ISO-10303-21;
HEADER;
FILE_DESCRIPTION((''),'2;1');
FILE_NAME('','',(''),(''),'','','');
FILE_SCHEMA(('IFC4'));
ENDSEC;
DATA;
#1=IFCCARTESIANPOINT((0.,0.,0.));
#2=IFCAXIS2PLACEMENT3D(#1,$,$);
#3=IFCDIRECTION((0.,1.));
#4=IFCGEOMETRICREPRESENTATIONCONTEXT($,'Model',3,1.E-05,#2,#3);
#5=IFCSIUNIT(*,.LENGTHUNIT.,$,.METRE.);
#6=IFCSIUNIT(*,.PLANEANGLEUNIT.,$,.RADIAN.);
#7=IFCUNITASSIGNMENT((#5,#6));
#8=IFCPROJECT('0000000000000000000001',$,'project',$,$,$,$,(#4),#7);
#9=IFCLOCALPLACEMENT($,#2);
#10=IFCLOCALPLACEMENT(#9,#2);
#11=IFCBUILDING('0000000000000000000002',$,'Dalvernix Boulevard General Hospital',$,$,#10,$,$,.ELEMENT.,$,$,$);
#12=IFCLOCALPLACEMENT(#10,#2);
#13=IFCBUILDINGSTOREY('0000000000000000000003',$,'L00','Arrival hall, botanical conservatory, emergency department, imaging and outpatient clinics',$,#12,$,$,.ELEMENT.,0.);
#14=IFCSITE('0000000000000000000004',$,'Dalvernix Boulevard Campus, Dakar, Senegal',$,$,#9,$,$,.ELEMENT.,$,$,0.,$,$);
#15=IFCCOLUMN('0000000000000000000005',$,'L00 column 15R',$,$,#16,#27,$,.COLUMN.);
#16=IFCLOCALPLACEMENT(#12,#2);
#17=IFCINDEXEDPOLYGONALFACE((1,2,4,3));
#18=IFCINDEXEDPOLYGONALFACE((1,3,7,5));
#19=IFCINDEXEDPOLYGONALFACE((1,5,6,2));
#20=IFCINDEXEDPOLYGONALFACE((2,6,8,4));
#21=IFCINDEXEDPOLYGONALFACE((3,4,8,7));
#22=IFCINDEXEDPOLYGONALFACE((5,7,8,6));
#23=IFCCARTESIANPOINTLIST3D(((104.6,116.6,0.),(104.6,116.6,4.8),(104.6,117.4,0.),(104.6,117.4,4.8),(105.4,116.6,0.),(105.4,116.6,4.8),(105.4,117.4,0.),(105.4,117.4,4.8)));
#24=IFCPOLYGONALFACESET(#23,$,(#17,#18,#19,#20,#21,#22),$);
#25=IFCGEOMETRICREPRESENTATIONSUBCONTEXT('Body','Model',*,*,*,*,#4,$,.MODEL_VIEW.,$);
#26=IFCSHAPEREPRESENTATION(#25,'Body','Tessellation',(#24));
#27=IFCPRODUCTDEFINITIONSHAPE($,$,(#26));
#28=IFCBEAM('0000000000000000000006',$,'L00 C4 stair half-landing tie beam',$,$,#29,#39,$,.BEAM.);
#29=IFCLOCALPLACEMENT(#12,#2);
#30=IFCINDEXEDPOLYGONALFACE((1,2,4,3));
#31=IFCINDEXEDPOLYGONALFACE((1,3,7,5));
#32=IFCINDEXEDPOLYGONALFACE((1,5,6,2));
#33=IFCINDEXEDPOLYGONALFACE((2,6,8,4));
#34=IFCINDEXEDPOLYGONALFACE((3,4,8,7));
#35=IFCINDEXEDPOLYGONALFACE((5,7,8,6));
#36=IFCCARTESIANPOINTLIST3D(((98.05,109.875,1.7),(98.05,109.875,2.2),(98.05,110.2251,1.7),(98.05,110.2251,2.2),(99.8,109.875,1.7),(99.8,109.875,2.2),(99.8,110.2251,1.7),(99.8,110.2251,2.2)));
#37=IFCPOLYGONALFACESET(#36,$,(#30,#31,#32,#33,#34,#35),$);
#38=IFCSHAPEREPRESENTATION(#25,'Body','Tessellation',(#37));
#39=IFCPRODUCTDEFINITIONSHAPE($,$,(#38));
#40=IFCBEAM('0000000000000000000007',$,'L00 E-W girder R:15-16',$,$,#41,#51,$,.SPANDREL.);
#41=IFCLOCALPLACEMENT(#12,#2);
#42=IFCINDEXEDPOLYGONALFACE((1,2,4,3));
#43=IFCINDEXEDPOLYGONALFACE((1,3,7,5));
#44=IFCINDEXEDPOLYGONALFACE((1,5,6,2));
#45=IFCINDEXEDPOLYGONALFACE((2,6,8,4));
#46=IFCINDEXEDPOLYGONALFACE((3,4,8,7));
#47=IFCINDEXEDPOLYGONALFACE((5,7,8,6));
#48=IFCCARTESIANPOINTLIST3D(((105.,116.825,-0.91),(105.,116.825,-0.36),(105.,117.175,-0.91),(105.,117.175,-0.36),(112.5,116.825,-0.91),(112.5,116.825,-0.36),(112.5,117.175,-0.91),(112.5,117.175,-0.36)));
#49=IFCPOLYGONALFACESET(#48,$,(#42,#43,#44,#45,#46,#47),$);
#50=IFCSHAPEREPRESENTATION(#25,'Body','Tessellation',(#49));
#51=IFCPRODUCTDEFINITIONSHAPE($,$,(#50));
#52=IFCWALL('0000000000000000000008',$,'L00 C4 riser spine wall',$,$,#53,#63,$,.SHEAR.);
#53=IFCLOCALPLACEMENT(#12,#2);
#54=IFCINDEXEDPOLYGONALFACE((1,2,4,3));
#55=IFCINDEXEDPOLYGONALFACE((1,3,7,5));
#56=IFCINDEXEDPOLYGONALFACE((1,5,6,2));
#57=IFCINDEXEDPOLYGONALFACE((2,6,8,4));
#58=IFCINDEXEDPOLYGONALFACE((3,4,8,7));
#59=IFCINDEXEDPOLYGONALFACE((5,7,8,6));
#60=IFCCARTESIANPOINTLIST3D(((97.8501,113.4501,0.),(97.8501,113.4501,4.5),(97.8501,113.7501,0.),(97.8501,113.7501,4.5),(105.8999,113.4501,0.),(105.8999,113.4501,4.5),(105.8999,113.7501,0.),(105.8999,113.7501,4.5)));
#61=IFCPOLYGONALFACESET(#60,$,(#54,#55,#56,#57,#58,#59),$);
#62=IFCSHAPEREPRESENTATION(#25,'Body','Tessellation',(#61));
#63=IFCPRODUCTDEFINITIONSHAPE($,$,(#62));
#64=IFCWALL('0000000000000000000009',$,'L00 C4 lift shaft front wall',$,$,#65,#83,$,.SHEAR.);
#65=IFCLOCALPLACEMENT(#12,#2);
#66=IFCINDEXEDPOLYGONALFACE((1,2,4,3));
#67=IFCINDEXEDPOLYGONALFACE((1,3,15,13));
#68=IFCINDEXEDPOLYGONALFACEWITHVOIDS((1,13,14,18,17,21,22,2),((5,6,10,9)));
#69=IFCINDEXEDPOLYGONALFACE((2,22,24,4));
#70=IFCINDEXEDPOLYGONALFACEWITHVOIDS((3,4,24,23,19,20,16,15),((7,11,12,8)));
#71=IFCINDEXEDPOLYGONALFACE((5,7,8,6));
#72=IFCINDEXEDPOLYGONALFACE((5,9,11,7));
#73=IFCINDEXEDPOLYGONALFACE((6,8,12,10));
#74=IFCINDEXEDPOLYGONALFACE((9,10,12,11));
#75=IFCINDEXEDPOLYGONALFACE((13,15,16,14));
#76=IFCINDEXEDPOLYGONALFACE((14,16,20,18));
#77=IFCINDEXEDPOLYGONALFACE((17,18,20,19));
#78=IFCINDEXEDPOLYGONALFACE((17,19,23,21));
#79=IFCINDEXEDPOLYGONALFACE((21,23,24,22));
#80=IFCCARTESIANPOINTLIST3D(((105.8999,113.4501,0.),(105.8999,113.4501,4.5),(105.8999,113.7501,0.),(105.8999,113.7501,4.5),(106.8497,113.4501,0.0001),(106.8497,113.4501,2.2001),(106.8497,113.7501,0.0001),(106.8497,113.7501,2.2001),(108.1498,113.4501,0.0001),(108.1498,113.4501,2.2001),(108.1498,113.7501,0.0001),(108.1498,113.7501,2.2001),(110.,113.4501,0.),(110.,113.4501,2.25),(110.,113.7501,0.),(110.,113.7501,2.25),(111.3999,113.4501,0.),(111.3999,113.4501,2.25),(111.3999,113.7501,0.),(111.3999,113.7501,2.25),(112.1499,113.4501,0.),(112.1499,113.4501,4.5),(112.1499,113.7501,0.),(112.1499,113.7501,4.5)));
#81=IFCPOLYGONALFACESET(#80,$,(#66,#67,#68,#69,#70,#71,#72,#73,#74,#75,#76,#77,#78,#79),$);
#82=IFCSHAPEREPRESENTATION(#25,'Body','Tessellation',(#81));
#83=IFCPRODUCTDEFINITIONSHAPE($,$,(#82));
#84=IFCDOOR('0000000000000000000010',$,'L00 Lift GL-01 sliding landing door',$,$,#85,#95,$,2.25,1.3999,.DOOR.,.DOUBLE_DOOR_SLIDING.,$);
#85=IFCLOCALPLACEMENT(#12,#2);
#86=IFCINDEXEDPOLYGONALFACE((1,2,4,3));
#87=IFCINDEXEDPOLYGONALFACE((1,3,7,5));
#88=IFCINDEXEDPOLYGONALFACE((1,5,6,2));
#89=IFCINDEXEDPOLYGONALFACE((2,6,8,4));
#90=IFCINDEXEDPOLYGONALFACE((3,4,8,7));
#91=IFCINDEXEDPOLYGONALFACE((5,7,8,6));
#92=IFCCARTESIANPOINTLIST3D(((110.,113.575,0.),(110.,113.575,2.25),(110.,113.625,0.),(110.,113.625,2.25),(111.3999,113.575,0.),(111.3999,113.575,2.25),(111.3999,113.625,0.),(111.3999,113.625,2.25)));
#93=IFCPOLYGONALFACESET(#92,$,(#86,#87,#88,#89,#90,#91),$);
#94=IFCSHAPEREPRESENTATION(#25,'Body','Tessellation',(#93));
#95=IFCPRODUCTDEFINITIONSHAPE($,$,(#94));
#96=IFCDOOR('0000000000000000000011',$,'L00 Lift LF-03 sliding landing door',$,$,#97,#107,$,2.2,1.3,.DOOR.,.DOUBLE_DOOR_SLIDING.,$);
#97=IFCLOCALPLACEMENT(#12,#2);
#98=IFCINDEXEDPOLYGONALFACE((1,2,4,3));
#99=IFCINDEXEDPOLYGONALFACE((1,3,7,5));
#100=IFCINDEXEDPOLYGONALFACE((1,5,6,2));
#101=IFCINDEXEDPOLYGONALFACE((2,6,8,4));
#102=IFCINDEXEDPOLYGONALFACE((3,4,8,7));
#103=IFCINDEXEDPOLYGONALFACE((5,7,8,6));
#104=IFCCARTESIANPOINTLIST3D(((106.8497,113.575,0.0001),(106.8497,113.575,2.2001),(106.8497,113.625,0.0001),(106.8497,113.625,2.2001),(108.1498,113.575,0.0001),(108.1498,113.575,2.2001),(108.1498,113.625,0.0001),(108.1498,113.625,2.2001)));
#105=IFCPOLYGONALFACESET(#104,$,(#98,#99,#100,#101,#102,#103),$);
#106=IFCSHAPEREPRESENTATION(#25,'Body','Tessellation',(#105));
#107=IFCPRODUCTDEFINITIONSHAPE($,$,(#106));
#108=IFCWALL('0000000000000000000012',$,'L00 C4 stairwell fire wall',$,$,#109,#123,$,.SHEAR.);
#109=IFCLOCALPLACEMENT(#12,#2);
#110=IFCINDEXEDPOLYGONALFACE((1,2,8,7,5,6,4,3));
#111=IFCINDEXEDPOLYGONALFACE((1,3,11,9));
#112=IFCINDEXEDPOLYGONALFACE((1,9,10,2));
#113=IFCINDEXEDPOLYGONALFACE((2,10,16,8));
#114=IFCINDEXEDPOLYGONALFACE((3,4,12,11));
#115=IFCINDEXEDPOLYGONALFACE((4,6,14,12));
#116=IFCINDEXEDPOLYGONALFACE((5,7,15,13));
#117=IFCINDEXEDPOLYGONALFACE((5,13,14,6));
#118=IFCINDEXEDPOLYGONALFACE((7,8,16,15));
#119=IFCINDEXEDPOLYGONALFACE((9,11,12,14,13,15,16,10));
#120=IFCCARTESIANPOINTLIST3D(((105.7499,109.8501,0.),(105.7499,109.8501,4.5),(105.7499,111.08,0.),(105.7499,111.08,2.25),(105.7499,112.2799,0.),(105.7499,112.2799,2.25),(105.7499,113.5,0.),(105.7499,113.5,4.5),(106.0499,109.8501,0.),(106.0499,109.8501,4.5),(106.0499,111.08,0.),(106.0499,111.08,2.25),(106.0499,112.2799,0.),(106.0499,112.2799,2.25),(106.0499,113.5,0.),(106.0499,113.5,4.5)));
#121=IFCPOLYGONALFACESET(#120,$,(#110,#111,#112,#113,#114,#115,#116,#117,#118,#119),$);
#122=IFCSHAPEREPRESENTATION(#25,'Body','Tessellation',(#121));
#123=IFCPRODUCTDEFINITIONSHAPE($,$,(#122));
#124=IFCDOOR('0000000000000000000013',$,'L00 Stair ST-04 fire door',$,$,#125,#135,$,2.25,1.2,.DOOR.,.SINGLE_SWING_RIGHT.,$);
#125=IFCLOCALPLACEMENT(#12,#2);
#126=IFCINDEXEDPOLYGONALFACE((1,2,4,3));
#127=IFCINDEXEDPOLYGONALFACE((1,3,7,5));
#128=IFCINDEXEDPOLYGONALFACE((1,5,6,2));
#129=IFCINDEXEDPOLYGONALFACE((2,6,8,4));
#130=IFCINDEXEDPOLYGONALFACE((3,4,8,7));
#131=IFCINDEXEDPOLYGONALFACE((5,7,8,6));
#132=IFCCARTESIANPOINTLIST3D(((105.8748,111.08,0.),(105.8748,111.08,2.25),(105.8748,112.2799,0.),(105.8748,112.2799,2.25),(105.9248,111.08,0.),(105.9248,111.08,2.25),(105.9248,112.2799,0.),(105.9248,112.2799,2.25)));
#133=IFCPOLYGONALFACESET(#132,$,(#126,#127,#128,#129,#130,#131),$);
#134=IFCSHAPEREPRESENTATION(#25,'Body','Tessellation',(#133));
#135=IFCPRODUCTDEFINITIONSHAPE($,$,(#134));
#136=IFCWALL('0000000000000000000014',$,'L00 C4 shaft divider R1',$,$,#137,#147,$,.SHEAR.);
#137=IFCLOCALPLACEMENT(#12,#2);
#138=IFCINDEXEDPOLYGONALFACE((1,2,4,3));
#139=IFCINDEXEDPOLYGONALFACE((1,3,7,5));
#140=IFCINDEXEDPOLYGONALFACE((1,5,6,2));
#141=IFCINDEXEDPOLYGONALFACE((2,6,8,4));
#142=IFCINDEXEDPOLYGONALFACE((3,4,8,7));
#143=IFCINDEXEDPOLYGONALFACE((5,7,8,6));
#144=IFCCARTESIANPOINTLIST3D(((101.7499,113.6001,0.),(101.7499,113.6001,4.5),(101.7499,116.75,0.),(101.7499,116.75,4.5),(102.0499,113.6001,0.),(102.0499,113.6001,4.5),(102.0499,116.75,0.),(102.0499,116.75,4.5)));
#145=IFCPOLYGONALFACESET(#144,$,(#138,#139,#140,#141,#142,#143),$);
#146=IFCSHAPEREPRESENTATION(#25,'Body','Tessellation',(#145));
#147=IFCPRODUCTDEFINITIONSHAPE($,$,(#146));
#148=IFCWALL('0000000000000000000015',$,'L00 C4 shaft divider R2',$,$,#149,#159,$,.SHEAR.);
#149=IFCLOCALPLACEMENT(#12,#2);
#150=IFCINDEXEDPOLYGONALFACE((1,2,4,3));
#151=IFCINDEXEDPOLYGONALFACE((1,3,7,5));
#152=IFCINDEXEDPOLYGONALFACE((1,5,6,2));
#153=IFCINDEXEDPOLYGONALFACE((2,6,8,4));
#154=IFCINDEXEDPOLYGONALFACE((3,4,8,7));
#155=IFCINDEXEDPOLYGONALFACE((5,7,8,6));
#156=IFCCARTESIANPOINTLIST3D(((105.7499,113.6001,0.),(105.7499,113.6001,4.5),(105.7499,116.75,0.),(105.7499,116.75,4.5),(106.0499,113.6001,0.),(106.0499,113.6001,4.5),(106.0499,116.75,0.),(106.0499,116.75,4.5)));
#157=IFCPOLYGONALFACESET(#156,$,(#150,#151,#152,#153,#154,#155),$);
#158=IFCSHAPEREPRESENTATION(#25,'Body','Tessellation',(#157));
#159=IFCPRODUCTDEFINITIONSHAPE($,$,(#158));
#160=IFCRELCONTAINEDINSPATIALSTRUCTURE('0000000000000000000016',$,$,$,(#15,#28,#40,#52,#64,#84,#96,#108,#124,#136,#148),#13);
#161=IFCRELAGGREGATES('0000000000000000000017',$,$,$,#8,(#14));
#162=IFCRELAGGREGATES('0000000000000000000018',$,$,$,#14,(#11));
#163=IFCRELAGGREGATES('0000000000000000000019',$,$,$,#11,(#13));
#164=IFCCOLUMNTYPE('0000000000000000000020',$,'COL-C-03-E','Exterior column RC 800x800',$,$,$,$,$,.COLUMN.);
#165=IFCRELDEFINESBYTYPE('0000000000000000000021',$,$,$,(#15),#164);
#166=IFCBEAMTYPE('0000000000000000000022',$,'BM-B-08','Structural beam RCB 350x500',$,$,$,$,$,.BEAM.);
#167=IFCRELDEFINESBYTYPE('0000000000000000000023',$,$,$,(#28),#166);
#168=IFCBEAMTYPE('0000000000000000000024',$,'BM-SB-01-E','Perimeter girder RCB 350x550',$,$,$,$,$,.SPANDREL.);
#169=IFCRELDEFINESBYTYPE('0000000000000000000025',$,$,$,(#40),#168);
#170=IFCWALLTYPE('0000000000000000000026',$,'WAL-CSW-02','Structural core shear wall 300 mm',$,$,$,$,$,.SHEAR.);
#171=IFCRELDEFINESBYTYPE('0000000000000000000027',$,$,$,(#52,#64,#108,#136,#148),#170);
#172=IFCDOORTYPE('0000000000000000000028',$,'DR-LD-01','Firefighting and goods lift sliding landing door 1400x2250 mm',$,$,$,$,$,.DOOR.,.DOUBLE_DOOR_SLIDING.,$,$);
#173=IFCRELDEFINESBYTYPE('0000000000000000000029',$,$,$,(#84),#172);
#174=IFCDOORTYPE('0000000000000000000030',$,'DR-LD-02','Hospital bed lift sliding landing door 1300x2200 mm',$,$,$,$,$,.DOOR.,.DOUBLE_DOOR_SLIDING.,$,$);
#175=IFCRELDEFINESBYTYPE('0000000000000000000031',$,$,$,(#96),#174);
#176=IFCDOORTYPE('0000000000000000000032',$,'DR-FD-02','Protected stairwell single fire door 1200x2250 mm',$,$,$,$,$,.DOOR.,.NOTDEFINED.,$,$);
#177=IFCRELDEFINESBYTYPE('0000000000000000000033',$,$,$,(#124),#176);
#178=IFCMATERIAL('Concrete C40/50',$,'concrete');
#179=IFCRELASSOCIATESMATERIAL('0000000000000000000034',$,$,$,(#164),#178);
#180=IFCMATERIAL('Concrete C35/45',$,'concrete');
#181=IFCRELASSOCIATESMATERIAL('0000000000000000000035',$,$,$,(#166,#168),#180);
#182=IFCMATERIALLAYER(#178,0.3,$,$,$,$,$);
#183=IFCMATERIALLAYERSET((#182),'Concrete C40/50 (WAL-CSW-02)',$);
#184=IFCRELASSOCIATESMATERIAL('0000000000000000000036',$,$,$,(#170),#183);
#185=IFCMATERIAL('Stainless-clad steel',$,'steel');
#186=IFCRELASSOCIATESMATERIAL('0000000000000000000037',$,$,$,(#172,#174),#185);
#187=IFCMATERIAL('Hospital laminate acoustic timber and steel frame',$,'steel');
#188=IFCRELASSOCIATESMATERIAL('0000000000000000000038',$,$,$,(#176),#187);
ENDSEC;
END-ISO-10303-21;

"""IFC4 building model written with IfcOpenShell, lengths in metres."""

from ifc_helpers import new_model, si_unit, direction, frame, frame_2d, origin, origin_2d, place, context, subcontext, project, spatial, rectangle, extrude, material, layer, layer_set, material_profile, profile_set, type_object, element, fill, save


model = new_model("IFC4")

# Units and contexts
model_context = context("Model", 3, precision=1e-05, world=origin(), true_north=direction((0.0, 1.0)))
body_context = subcontext(model_context, "Body", "Model", "MODEL_VIEW")
ifc_project = project(units=[si_unit("LENGTHUNIT", "METRE"), si_unit("PLANEANGLEUNIT", "RADIAN")], contexts=[model_context])

# Site, building, storey
site_placement = place(None, origin())
site = spatial("IfcSite", under=ifc_project, at=site_placement, Name="Dalvernix Boulevard Campus, Dakar, Senegal", CompositionType="ELEMENT", RefElevation=0.0)
building_placement = place(site_placement, origin())
building = spatial("IfcBuilding", under=site, at=building_placement, Name="Dalvernix Boulevard General Hospital", CompositionType="ELEMENT")
storey_placement = place(building_placement, origin())
storey = spatial("IfcBuildingStorey", under=building, at=storey_placement, Name="L00", Description="Arrival hall, botanical conservatory, emergency department, imaging and outpatient clinics", CompositionType="ELEMENT", Elevation=0.0)

# Column
ifc_material_1 = material(Name="Concrete C40/50", Category="concrete")
ifc_material_profile_1 = material_profile(ifc_material_1, rectangle(XDim=0.8, YDim=0.8, at=origin_2d()), Name="RC 800x800")
ifc_profile_set_1 = profile_set([ifc_material_profile_1], Name="Concrete C40/50")
column_type = type_object("IfcColumnType", Name="COL-C-03-E", Description="Exterior column RC 800x800", PredefinedType="COLUMN", material=ifc_profile_set_1)
column_placement = place(storey_placement, frame((105.0, 117.0, 0.0), z_axis=(0.0, 0.0, 1.0), x_axis=(1.0, 0.0, 0.0)))
element("IfcColumn", 1, at=column_placement, inside=storey, type_object=column_type, Name="L00 column 15R", PredefinedType="COLUMN", context=body_context, shape_type="SweptSolid", body=[
    extrude(rectangle(XDim=0.8, YDim=0.8, at=origin_2d()), origin(), (0.0, 0.0, 1.0), 4.8),
])

# Beams
ifc_material_2 = material(Name="Concrete C35/45", Category="concrete")
ifc_material_profile_2 = material_profile(ifc_material_2, rectangle(XDim=0.3501, YDim=0.5, at=origin_2d()), Name="RCB 350x500")
ifc_profile_set_2 = profile_set([ifc_material_profile_2], Name="Concrete C35/45")
beam_type_1 = type_object("IfcBeamType", Name="BM-B-08", Description="Structural beam RCB 350x500", PredefinedType="BEAM", material=ifc_profile_set_2)
beam_1_placement = place(storey_placement, frame((98.05, 110.05, 1.95), z_axis=(1.0, 0.0, 0.0), x_axis=(0.0, 1.0, 0.0)))
element("IfcBeam", 2, at=beam_1_placement, inside=storey, type_object=beam_type_1, Name="L00 C4 stair half-landing tie beam", PredefinedType="BEAM", context=body_context, shape_type="SweptSolid", body=[
    extrude(rectangle(XDim=0.3501, YDim=0.5, at=origin_2d()), origin(), (0.0, 0.0, 1.0), 1.75),
])
ifc_material_profile_3 = material_profile(ifc_material_2, rectangle(XDim=0.3501, YDim=0.55, at=origin_2d()), Name="RCB 350x550")
ifc_profile_set_3 = profile_set([ifc_material_profile_3], Name="Concrete C35/45")
beam_type_2 = type_object("IfcBeamType", Name="BM-SB-01-E", Description="Perimeter girder RCB 350x550", PredefinedType="SPANDREL", material=ifc_profile_set_3)
beam_2_placement = place(storey_placement, frame((105.0, 117.0, -0.635), z_axis=(1.0, 0.0, 0.0), x_axis=(0.0, 1.0, 0.0)))
element("IfcBeam", 3, at=beam_2_placement, inside=storey, type_object=beam_type_2, Name="L00 E-W girder R:15-16", PredefinedType="SPANDREL", context=body_context, shape_type="SweptSolid", body=[
    extrude(rectangle(XDim=0.3501, YDim=0.55, at=origin_2d()), origin(), (0.0, 0.0, 1.0), 7.5),
])

# Wall
ifc_layer_1 = layer(ifc_material_1, 0.3)
ifc_layer_set_1 = layer_set([ifc_layer_1], Name="Concrete C40/50 (WAL-CSW-02)")
wall_type_1 = type_object("IfcWallType", Name="WAL-CSW-02", Description="Structural core shear wall 300 mm", PredefinedType="SHEAR", material=ifc_layer_set_1)
wall_1_placement = place(storey_placement, frame((97.8501, 113.6001, 0.0), z_axis=(0.0, 0.0, 1.0), x_axis=(1.0, 0.0, 0.0)))
element("IfcWall", 4, at=wall_1_placement, inside=storey, type_object=wall_type_1, Name="L00 C4 riser spine wall", PredefinedType="SHEAR", context=body_context, shape_type="SweptSolid", body=[
    extrude(rectangle(XDim=8.0498, YDim=0.3, at=frame_2d((4.0249, 0.0))), origin(), (0.0, 0.0, 1.0), 4.5),
])

# Wall, openings, doors
wall_2_placement = place(storey_placement, frame((105.8999, 113.6001, 0.0), z_axis=(0.0, 0.0, 1.0), x_axis=(1.0, 0.0, 0.0)))
wall_2 = element("IfcWall", 5, at=wall_2_placement, inside=storey, type_object=wall_type_1, Name="L00 C4 lift shaft front wall", PredefinedType="SHEAR", context=body_context, shape_type="SweptSolid", body=[
    extrude(rectangle(XDim=6.25, YDim=0.3, at=frame_2d((3.125, 0.0))), origin(), (0.0, 0.0, 1.0), 4.5),
])
opening_1_placement = place(wall_2_placement, frame((0.95, 0.0, 0.0)))
opening_1 = element("IfcOpeningElement", 6, at=opening_1_placement, cuts=wall_2, PredefinedType="OPENING", context=body_context, shape_type="SweptSolid", body=[
    extrude(rectangle(XDim=1.3, YDim=2.2, at=frame_2d((0.6499, 1.1001))), frame((0.0, 0.1599, 0.0), z_axis=(0.0, -1.0, 0.0), x_axis=(1.0, 0.0, 0.0)), (0.0, 0.0, 1.0), 0.3201),
])
opening_2_placement = place(wall_2_placement, frame((4.1001, 0.0, 0.0)))
opening_2 = element("IfcOpeningElement", 7, at=opening_2_placement, cuts=wall_2, PredefinedType="OPENING", context=body_context, shape_type="SweptSolid", body=[
    extrude(rectangle(XDim=1.3999, YDim=2.25, at=frame_2d((0.7, 1.125))), frame((0.0, 0.1599, 0.0), z_axis=(0.0, -1.0, 0.0), x_axis=(1.0, 0.0, 0.0)), (0.0, 0.0, 1.0), 0.3201),
])
ifc_material_3 = material(Name="Stainless-clad steel", Category="steel")
door_type_1 = type_object("IfcDoorType", Name="DR-LD-01", Description="Firefighting and goods lift sliding landing door 1400x2250 mm", OperationType="DOUBLE_DOOR_SLIDING", PredefinedType="DOOR", material=ifc_material_3)
door_1_placement = place(opening_2_placement, origin())
door_1 = element("IfcDoor", 8, at=door_1_placement, inside=storey, type_object=door_type_1, Name="L00 Lift GL-01 sliding landing door", OperationType="DOUBLE_DOOR_SLIDING", OverallHeight=2.25, OverallWidth=1.3999, PredefinedType="DOOR", context=body_context, shape_type="SweptSolid", body=[
    extrude(rectangle(XDim=1.3999, YDim=2.25, at=frame_2d((0.7, 1.125))), frame((0.0, 0.0249, 0.0), z_axis=(0.0, -1.0, 0.0), x_axis=(1.0, 0.0, 0.0)), (0.0, 0.0, 1.0), 0.05),
])
fill(opening_2, door_1)
door_type_2 = type_object("IfcDoorType", Name="DR-LD-02", Description="Hospital bed lift sliding landing door 1300x2200 mm", OperationType="DOUBLE_DOOR_SLIDING", PredefinedType="DOOR", material=ifc_material_3)
door_2_placement = place(opening_1_placement, origin())
door_2 = element("IfcDoor", 9, at=door_2_placement, inside=storey, type_object=door_type_2, Name="L00 Lift LF-03 sliding landing door", OperationType="DOUBLE_DOOR_SLIDING", OverallHeight=2.2, OverallWidth=1.3, PredefinedType="DOOR", context=body_context, shape_type="SweptSolid", body=[
    extrude(rectangle(XDim=1.3, YDim=2.2, at=frame_2d((0.6499, 1.1001))), frame((0.0, 0.0249, 0.0), z_axis=(0.0, -1.0, 0.0), x_axis=(1.0, 0.0, 0.0)), (0.0, 0.0, 1.0), 0.05),
])
fill(opening_1, door_2)

# Wall, opening, door
wall_3_placement = place(storey_placement, frame((105.8999, 113.5, 0.0), z_axis=(0.0, 0.0, 1.0), x_axis=(0.0, -1.0, 0.0)))
wall_3 = element("IfcWall", 10, at=wall_3_placement, inside=storey, type_object=wall_type_1, Name="L00 C4 stairwell fire wall", PredefinedType="SHEAR", context=body_context, shape_type="SweptSolid", body=[
    extrude(rectangle(XDim=3.6499, YDim=0.3, at=frame_2d((1.825, 0.0))), origin(), (0.0, 0.0, 1.0), 4.5),
])
opening_3_placement = place(wall_3_placement, frame((1.22, 0.0, 0.0)))
opening_3 = element("IfcOpeningElement", 11, at=opening_3_placement, cuts=wall_3, PredefinedType="OPENING", context=body_context, shape_type="SweptSolid", body=[
    extrude(rectangle(XDim=1.2, YDim=2.25, at=frame_2d((0.6001, 1.125))), frame((0.0, 0.1599, 0.0), z_axis=(0.0, -1.0, 0.0), x_axis=(1.0, 0.0, 0.0)), (0.0, 0.0, 1.0), 0.3201),
])
ifc_material_4 = material(Name="Hospital laminate acoustic timber and steel frame", Category="steel")
door_type_3 = type_object("IfcDoorType", Name="DR-FD-02", Description="Protected stairwell single fire door 1200x2250 mm", OperationType="NOTDEFINED", PredefinedType="DOOR", material=ifc_material_4)
door_3_placement = place(opening_3_placement, origin())
door_3 = element("IfcDoor", 12, at=door_3_placement, inside=storey, type_object=door_type_3, Name="L00 Stair ST-04 fire door", OperationType="SINGLE_SWING_RIGHT", OverallHeight=2.25, OverallWidth=1.2, PredefinedType="DOOR", context=body_context, shape_type="SweptSolid", body=[
    extrude(rectangle(XDim=1.2, YDim=2.25, at=frame_2d((0.6001, 1.125))), frame((0.0, 0.0249, 0.0), z_axis=(0.0, -1.0, 0.0), x_axis=(1.0, 0.0, 0.0)), (0.0, 0.0, 1.0), 0.05),
])
fill(opening_3, door_3)

# Walls
for number, where, z_axis, x_axis, name in (
    (13, (101.8999, 113.6001, 0.0), (0.0, 0.0, 1.0), (0.0, 1.0, 0.0), "L00 C4 shaft divider R1"),
    (14, (105.8999, 113.6001, 0.0), (0.0, 0.0, 1.0), (0.0, 1.0, 0.0), "L00 C4 shaft divider R2"),
):
    element("IfcWall", number, at=place(storey_placement, frame(where, z_axis=z_axis, x_axis=x_axis)), inside=storey, type_object=wall_type_1, Name=name, PredefinedType="SHEAR", context=body_context, shape_type="SweptSolid", body=[
        extrude(rectangle(XDim=3.1499, YDim=0.3, at=frame_2d((1.575, 0.0))), origin(), (0.0, 0.0, 1.0), 4.5),
    ])

save(model, "model.ifc")
